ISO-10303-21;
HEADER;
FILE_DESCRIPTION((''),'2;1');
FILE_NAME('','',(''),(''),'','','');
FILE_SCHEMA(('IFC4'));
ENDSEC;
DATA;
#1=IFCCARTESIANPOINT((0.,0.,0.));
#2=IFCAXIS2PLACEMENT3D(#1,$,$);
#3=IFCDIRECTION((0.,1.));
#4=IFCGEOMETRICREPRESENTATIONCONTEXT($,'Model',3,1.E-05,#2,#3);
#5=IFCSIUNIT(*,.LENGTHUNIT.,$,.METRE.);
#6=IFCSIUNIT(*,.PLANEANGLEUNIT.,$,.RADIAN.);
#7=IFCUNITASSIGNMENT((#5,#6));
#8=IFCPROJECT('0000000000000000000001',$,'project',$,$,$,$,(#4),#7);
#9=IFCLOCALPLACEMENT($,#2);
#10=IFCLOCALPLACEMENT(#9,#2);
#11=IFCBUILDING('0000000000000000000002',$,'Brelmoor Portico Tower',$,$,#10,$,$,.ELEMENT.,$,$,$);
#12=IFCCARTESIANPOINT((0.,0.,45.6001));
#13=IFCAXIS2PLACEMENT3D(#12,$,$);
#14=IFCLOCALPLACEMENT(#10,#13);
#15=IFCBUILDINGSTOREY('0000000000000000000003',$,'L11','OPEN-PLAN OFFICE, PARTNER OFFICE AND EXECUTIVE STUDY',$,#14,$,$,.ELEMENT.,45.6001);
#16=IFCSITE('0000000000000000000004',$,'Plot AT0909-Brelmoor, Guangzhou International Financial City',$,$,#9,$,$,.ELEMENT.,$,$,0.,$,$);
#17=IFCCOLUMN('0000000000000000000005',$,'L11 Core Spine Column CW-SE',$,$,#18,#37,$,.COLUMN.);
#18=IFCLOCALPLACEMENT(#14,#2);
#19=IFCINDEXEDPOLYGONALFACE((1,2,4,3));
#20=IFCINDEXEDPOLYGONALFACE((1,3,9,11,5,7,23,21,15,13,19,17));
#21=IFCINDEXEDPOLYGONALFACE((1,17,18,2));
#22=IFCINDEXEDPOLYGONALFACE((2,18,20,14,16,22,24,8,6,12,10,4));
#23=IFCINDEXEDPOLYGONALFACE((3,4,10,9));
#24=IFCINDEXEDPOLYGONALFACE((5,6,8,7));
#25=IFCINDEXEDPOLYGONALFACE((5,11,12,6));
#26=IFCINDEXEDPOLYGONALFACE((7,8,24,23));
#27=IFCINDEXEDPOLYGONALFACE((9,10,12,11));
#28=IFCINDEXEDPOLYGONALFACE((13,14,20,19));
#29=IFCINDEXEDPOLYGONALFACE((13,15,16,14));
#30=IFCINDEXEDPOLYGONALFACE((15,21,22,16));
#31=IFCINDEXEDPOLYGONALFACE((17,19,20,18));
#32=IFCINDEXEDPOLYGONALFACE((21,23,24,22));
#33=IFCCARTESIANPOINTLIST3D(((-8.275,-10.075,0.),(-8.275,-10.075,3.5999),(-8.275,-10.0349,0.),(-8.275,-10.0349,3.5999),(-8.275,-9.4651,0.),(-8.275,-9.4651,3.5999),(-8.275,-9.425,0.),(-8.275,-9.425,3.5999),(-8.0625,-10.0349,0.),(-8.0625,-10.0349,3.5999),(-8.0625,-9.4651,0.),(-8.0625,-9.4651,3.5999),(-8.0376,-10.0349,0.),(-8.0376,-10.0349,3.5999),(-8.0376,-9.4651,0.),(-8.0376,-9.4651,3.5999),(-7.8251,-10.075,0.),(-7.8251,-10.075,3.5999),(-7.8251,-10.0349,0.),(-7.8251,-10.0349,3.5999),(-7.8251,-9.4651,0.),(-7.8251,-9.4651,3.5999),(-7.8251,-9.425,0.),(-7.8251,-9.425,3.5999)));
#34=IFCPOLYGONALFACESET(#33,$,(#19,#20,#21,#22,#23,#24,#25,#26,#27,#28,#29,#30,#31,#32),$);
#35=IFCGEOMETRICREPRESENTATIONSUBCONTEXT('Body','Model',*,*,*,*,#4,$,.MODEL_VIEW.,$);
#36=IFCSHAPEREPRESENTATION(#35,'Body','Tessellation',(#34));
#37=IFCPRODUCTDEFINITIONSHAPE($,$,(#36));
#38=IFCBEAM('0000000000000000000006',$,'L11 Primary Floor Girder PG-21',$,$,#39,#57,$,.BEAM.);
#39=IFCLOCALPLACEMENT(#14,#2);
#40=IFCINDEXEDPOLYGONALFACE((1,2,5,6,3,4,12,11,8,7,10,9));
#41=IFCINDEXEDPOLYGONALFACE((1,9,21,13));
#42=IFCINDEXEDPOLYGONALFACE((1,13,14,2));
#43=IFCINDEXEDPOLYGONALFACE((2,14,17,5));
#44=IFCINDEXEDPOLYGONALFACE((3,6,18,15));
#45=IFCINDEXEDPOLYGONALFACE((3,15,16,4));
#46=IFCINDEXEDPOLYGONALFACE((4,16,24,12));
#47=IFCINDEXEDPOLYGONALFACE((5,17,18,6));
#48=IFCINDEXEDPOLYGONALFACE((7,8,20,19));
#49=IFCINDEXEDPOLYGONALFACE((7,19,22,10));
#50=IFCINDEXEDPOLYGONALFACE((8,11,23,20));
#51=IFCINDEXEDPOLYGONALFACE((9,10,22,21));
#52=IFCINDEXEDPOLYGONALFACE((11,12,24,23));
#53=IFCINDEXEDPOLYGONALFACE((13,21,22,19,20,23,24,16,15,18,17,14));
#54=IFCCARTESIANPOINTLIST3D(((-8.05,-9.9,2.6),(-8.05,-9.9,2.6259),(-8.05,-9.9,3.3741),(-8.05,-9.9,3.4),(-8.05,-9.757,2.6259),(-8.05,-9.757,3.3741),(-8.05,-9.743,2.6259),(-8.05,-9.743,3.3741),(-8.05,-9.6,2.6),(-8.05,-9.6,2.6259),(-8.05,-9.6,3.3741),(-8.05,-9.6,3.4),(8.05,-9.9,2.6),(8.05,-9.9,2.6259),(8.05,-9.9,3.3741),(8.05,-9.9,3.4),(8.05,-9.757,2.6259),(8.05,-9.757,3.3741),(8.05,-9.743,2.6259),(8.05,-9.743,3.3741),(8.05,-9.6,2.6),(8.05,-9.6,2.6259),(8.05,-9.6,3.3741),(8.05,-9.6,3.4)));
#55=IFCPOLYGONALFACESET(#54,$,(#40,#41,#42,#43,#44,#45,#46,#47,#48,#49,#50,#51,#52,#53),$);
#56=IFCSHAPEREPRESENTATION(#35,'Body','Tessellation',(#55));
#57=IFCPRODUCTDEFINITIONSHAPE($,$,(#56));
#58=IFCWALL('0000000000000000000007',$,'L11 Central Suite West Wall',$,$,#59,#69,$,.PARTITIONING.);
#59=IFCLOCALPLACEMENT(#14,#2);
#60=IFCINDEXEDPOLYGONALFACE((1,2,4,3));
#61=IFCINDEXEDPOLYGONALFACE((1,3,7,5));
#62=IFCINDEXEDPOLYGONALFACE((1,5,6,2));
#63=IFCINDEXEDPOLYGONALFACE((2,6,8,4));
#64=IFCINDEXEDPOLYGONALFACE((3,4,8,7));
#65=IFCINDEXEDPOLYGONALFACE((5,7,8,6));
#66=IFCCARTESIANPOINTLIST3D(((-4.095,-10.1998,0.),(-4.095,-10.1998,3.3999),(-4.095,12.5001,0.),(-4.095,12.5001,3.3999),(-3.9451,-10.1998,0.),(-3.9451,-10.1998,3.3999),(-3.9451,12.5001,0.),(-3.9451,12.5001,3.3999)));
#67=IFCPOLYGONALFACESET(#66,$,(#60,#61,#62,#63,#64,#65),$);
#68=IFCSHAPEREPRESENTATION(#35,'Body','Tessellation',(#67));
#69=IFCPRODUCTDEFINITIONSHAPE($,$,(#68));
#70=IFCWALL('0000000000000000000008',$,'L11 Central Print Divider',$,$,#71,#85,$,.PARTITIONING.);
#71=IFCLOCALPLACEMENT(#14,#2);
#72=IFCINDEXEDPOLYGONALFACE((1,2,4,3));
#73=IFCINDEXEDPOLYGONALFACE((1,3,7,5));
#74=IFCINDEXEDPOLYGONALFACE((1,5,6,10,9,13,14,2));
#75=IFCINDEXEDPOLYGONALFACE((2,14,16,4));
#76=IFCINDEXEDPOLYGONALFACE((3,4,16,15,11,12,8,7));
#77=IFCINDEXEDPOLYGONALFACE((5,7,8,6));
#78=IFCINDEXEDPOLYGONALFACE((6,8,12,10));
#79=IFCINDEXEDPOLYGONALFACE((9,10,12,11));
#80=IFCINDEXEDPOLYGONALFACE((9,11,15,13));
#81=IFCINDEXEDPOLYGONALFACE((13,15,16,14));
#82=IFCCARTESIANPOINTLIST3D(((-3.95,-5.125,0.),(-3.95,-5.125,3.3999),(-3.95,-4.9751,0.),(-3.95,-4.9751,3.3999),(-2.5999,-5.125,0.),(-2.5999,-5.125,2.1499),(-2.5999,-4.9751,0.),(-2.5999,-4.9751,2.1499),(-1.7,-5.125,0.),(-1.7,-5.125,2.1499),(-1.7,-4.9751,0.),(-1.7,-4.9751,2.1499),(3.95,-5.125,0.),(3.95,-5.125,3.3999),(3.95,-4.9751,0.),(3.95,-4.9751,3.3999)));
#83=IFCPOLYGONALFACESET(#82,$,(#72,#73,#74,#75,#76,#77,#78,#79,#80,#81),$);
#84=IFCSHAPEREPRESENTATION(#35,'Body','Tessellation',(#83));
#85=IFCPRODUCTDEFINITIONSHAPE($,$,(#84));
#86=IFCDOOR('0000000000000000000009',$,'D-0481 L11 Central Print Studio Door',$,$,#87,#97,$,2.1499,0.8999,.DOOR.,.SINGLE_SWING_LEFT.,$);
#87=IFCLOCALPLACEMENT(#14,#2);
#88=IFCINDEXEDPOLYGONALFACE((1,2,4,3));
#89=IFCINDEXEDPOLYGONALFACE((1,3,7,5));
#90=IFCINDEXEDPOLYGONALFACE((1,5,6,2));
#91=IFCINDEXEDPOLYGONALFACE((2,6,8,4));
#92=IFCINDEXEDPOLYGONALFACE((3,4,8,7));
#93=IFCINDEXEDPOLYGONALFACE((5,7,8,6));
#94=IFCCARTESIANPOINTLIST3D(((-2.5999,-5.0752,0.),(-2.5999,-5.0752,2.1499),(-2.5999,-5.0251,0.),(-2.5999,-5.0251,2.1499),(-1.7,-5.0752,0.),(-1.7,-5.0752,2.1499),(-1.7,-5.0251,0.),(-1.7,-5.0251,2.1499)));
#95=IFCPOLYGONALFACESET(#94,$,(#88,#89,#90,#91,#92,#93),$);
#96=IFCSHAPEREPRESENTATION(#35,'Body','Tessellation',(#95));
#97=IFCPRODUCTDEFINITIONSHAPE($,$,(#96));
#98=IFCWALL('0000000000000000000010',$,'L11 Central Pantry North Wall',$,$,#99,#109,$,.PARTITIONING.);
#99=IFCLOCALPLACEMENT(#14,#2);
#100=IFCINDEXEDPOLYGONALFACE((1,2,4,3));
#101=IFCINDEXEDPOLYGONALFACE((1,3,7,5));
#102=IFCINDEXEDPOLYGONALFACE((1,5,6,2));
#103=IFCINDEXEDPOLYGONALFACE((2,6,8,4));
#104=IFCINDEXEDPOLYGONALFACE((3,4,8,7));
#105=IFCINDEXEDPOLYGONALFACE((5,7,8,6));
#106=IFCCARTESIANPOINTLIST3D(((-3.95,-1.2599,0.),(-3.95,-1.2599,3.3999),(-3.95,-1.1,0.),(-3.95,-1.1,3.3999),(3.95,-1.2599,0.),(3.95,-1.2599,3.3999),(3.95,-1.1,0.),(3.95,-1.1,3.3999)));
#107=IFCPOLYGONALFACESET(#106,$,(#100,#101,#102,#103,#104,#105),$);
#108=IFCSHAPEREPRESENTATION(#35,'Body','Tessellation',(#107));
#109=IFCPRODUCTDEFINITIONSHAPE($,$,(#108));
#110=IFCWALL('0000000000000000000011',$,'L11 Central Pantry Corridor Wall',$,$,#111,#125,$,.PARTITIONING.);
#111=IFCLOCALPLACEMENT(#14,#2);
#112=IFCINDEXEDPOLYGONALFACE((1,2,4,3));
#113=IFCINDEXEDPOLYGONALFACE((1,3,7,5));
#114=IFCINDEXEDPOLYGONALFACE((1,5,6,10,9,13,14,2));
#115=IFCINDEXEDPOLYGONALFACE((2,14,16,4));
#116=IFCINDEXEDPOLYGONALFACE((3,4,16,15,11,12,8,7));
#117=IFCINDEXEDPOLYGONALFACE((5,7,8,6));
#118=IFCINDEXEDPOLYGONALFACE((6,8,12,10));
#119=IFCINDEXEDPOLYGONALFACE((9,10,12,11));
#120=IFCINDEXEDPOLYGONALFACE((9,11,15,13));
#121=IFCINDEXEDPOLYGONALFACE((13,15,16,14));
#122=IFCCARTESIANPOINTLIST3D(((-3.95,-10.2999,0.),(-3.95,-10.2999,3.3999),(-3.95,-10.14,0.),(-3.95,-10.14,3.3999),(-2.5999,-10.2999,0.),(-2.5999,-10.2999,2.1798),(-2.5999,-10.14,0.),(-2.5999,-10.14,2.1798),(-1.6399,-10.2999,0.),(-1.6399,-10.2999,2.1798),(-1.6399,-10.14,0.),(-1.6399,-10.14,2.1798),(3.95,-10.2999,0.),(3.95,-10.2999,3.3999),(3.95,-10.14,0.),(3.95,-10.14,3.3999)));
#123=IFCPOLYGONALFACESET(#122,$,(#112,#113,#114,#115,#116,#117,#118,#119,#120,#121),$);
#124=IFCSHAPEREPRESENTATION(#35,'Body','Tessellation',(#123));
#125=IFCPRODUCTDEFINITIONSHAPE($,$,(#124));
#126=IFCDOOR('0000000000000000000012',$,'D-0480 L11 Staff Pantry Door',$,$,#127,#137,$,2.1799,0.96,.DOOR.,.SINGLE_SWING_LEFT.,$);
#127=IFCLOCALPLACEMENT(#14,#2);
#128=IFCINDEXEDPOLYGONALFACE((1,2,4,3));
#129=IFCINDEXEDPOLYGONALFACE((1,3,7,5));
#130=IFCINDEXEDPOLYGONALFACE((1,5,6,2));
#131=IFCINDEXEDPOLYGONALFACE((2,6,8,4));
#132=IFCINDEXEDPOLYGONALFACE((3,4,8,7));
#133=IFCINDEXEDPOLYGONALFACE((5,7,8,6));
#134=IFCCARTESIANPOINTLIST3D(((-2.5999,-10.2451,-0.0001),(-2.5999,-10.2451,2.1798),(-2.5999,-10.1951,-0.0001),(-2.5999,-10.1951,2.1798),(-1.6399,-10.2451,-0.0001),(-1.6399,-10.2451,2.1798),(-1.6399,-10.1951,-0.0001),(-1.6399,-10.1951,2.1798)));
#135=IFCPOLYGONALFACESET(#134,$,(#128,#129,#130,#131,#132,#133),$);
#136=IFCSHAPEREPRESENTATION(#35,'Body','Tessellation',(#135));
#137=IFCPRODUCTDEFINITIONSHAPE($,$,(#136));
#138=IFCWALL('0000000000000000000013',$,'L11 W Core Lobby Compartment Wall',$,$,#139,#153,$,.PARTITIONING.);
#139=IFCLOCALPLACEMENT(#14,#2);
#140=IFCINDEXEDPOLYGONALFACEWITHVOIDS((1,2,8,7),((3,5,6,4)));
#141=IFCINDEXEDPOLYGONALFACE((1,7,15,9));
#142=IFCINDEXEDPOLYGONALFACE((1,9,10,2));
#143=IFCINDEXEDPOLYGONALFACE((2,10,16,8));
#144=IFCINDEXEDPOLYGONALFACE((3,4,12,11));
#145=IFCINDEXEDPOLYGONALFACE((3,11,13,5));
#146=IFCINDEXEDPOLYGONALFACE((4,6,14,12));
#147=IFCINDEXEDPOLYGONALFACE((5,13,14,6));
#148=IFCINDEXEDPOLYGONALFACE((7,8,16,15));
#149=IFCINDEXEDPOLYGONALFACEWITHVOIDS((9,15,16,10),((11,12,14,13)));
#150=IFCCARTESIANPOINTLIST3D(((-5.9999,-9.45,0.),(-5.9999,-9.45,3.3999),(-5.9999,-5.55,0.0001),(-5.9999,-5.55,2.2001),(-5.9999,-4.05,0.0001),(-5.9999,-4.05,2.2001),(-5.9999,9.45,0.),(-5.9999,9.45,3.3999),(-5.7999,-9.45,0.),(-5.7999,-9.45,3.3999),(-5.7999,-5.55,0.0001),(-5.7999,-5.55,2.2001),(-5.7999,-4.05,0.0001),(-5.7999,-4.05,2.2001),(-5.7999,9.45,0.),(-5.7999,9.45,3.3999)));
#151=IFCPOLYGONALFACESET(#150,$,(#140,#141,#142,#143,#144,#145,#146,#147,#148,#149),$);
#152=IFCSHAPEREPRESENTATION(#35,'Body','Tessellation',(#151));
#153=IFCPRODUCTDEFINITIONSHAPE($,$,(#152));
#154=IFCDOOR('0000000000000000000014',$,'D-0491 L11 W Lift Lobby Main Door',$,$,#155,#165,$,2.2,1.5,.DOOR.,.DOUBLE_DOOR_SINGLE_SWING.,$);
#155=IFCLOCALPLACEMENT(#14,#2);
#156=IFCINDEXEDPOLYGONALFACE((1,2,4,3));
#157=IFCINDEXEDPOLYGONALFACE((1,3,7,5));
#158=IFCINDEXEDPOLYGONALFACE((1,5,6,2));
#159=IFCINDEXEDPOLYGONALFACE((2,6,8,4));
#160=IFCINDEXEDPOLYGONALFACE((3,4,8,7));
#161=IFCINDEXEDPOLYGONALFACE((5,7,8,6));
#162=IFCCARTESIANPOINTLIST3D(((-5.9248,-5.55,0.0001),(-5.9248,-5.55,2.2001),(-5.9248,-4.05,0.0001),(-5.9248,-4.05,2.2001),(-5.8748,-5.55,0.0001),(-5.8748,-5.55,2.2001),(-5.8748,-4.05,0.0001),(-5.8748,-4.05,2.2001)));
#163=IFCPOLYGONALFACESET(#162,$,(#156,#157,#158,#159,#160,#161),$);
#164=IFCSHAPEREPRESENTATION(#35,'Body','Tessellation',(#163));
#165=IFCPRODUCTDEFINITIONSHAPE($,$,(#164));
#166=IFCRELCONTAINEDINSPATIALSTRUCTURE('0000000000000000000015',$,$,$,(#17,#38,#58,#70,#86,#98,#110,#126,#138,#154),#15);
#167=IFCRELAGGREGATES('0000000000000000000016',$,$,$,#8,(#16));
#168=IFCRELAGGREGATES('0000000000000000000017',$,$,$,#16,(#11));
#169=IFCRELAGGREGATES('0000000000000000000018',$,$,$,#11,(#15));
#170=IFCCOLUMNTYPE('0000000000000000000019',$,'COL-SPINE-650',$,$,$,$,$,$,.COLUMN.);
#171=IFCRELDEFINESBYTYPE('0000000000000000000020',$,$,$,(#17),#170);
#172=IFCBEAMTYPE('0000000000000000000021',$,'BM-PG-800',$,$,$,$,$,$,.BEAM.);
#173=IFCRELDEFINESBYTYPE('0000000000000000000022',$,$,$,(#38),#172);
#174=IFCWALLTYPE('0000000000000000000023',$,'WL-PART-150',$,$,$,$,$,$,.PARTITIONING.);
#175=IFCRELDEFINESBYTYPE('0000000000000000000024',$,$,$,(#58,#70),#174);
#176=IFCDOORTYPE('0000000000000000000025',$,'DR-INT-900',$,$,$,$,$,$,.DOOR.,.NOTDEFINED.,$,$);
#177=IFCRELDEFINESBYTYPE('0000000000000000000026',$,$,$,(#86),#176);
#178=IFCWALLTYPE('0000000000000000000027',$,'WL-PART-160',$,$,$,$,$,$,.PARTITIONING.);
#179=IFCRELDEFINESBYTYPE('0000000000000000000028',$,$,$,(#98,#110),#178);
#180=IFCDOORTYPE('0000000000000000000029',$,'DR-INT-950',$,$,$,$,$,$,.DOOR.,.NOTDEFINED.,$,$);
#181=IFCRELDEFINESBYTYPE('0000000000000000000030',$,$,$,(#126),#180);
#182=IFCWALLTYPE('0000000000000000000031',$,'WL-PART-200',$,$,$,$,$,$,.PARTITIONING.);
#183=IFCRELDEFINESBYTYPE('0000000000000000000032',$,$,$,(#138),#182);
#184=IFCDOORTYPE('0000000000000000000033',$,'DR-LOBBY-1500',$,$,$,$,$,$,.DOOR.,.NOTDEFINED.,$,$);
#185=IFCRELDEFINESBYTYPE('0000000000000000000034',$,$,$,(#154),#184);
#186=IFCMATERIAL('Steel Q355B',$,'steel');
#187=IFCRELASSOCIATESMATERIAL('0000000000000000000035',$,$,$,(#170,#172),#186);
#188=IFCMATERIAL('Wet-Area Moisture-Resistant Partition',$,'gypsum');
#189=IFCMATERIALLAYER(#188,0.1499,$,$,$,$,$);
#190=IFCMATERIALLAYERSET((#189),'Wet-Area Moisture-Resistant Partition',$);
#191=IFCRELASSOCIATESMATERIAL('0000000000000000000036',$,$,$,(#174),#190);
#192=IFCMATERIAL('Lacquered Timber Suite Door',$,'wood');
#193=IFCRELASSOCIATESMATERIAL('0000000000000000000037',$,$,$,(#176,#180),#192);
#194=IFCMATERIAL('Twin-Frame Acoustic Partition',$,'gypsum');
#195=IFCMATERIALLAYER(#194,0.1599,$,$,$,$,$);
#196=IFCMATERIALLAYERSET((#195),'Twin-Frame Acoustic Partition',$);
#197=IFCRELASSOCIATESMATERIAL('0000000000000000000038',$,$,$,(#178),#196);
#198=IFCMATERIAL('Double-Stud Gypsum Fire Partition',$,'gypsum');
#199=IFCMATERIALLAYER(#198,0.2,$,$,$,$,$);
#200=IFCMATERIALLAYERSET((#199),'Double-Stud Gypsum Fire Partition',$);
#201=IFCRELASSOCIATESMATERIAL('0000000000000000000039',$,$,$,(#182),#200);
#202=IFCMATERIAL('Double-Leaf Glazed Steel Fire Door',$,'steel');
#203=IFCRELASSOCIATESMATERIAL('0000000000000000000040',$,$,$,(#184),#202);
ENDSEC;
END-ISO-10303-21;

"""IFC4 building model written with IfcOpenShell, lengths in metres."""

from ifc_helpers import new_model, si_unit, direction, frame, frame_2d, origin, origin_2d, place, context, subcontext, project, spatial, rectangle, i_section, extrude, material, layer, layer_set, material_profile, profile_set, type_object, element, fill, save


model = new_model("IFC4")

# Units and contexts
model_context = context("Model", 3, precision=1e-05, world=origin(), true_north=direction((0.0, 1.0)))
body_context = subcontext(model_context, "Body", "Model", "MODEL_VIEW")
ifc_project = project(units=[si_unit("LENGTHUNIT", "METRE"), si_unit("PLANEANGLEUNIT", "RADIAN")], contexts=[model_context])

# Site, building, storey
site_placement = place(None, origin())
site = spatial("IfcSite", under=ifc_project, at=site_placement, Name="Plot AT0909-Brelmoor, Guangzhou International Financial City", CompositionType="ELEMENT", RefElevation=0.0)
building_placement = place(site_placement, origin())
building = spatial("IfcBuilding", under=site, at=building_placement, Name="Brelmoor Portico Tower", CompositionType="ELEMENT")
storey_placement = place(building_placement, frame((0.0, 0.0, 45.6001)))
storey = spatial("IfcBuildingStorey", under=building, at=storey_placement, Name="L11", Description="OPEN-PLAN OFFICE, PARTNER OFFICE AND EXECUTIVE STUDY", CompositionType="ELEMENT", Elevation=45.6001)

# Column
ifc_material_1 = material(Name="Steel Q355B", Category="steel")
ifc_material_profile_1 = material_profile(ifc_material_1, i_section(OverallWidth=0.45, OverallDepth=0.6499, WebThickness=0.0249, FlangeThickness=0.04, at=origin_2d()), Name="HW 650x450x25x40")
ifc_profile_set_1 = profile_set([ifc_material_profile_1], Name="Steel Q355B")
column_type = type_object("IfcColumnType", Name="COL-SPINE-650", PredefinedType="COLUMN", material=ifc_profile_set_1)
column_placement = place(storey_placement, frame((-8.05, -9.75, 0.0), z_axis=(0.0, 0.0, 1.0), x_axis=(1.0, 0.0, 0.0)))
element("IfcColumn", 1, at=column_placement, inside=storey, type_object=column_type, Name="L11 Core Spine Column CW-SE", PredefinedType="COLUMN", context=body_context, shape_type="SweptSolid", body=[
    extrude(i_section(OverallWidth=0.45, OverallDepth=0.6499, WebThickness=0.0249, FlangeThickness=0.04, at=origin_2d()), origin(), (0.0, 0.0, 1.0), 3.5999),
])

# Beam
ifc_material_profile_2 = material_profile(ifc_material_1, i_section(OverallWidth=0.3, OverallDepth=0.8, WebThickness=0.0139, FlangeThickness=0.0259, at=origin_2d()), Name="HN 800x300x14x26")
ifc_profile_set_2 = profile_set([ifc_material_profile_2], Name="Steel Q355B")
beam_type = type_object("IfcBeamType", Name="BM-PG-800", PredefinedType="BEAM", material=ifc_profile_set_2)
beam_placement = place(storey_placement, frame((-8.05, -9.75, 3.0), z_axis=(1.0, 0.0, 0.0), x_axis=(0.0, 1.0, 0.0)))
element("IfcBeam", 2, at=beam_placement, inside=storey, type_object=beam_type, Name="L11 Primary Floor Girder PG-21", PredefinedType="BEAM", context=body_context, shape_type="SweptSolid", body=[
    extrude(i_section(OverallWidth=0.3, OverallDepth=0.8, WebThickness=0.0139, FlangeThickness=0.0259, at=origin_2d()), origin(), (0.0, 0.0, 1.0), 16.1001),
])

# Wall
ifc_material_2 = material(Name="Wet-Area Moisture-Resistant Partition", Category="gypsum")
ifc_layer_1 = layer(ifc_material_2, 0.1499)
ifc_layer_set_1 = layer_set([ifc_layer_1], Name="Wet-Area Moisture-Resistant Partition")
wall_type_1 = type_object("IfcWallType", Name="WL-PART-150", PredefinedType="PARTITIONING", material=ifc_layer_set_1)
wall_1_placement = place(storey_placement, frame((-4.02, -10.2, 0.0), z_axis=(0.0, 0.0, 1.0), x_axis=(0.0, 1.0, 0.0)))
element("IfcWall", 3, at=wall_1_placement, inside=storey, type_object=wall_type_1, Name="L11 Central Suite West Wall", PredefinedType="PARTITIONING", context=body_context, shape_type="SweptSolid", body=[
    extrude(rectangle(XDim=22.7, YDim=0.1499, at=frame_2d((11.3501, 0.0))), origin(), (0.0, 0.0, 1.0), 3.3999),
])

# Wall, opening, door
wall_2_placement = place(storey_placement, frame((-3.95, -5.05, 0.0), z_axis=(0.0, 0.0, 1.0), x_axis=(1.0, 0.0, 0.0)))
wall_2 = element("IfcWall", 4, at=wall_2_placement, inside=storey, type_object=wall_type_1, Name="L11 Central Print Divider", PredefinedType="PARTITIONING", context=body_context, shape_type="SweptSolid", body=[
    extrude(rectangle(XDim=7.8999, YDim=0.1499, at=frame_2d((3.95, 0.0))), origin(), (0.0, 0.0, 1.0), 3.3999),
])
opening_1_placement = place(wall_2_placement, frame((1.3501, 0.0, 0.0)))
opening_1 = element("IfcOpeningElement", 5, at=opening_1_placement, cuts=wall_2, PredefinedType="OPENING", context=body_context, shape_type="SweptSolid", body=[
    extrude(rectangle(XDim=0.8999, YDim=2.1499, at=frame_2d((0.45, 1.075))), frame((0.0, 0.085, 0.0), z_axis=(0.0, -1.0, 0.0), x_axis=(1.0, 0.0, 0.0)), (0.0, 0.0, 1.0), 0.1699),
])
ifc_material_3 = material(Name="Lacquered Timber Suite Door", Category="wood")
door_type_1 = type_object("IfcDoorType", Name="DR-INT-900", OperationType="NOTDEFINED", PredefinedType="DOOR", material=ifc_material_3)
door_1_placement = place(opening_1_placement, origin())
door_1 = element("IfcDoor", 6, at=door_1_placement, inside=storey, type_object=door_type_1, Name="D-0481 L11 Central Print Studio Door", OperationType="SINGLE_SWING_LEFT", OverallHeight=2.1499, OverallWidth=0.8999, PredefinedType="DOOR", context=body_context, shape_type="SweptSolid", body=[
    extrude(rectangle(XDim=0.8999, YDim=2.1499, at=frame_2d((0.45, 1.075))), frame((0.0, 0.0249, 0.0), z_axis=(0.0, -1.0, 0.0), x_axis=(1.0, 0.0, 0.0)), (0.0, 0.0, 1.0), 0.05),
])
fill(opening_1, door_1)

# Wall
ifc_material_4 = material(Name="Twin-Frame Acoustic Partition", Category="gypsum")
ifc_layer_2 = layer(ifc_material_4, 0.1599)
ifc_layer_set_2 = layer_set([ifc_layer_2], Name="Twin-Frame Acoustic Partition")
wall_type_2 = type_object("IfcWallType", Name="WL-PART-160", PredefinedType="PARTITIONING", material=ifc_layer_set_2)
wall_3_placement = place(storey_placement, frame((-3.95, -1.1799, 0.0), z_axis=(0.0, 0.0, 1.0), x_axis=(1.0, 0.0, 0.0)))
element("IfcWall", 7, at=wall_3_placement, inside=storey, type_object=wall_type_2, Name="L11 Central Pantry North Wall", PredefinedType="PARTITIONING", context=body_context, shape_type="SweptSolid", body=[
    extrude(rectangle(XDim=7.8999, YDim=0.1599, at=frame_2d((3.95, 0.0))), origin(), (0.0, 0.0, 1.0), 3.3999),
])

# Walls, openings, doors
wall_4_placement = place(storey_placement, frame((-3.95, -10.22, 0.0), z_axis=(0.0, 0.0, 1.0), x_axis=(1.0, 0.0, 0.0)))
wall_4 = element("IfcWall", 8, at=wall_4_placement, inside=storey, type_object=wall_type_2, Name="L11 Central Pantry Corridor Wall", PredefinedType="PARTITIONING", context=body_context, shape_type="SweptSolid", body=[
    extrude(rectangle(XDim=7.8999, YDim=0.1599, at=frame_2d((3.95, 0.0))), origin(), (0.0, 0.0, 1.0), 3.3999),
])
opening_2_placement = place(wall_4_placement, frame((1.3501, 0.0, 0.0)))
opening_2 = element("IfcOpeningElement", 9, at=opening_2_placement, cuts=wall_4, PredefinedType="OPENING", context=body_context, shape_type="SweptSolid", body=[
    extrude(rectangle(XDim=0.96, YDim=2.1799, at=frame_2d((0.48, 1.0898))), frame((0.0, 0.0898, 0.0), z_axis=(0.0, -1.0, 0.0), x_axis=(1.0, 0.0, 0.0)), (0.0, 0.0, 1.0), 0.1799),
])
door_type_2 = type_object("IfcDoorType", Name="DR-INT-950", OperationType="NOTDEFINED", PredefinedType="DOOR", material=ifc_material_3)
door_2_placement = place(opening_2_placement, origin())
door_2 = element("IfcDoor", 10, at=door_2_placement, inside=storey, type_object=door_type_2, Name="D-0480 L11 Staff Pantry Door", OperationType="SINGLE_SWING_LEFT", OverallHeight=2.1799, OverallWidth=0.96, PredefinedType="DOOR", context=body_context, shape_type="SweptSolid", body=[
    extrude(rectangle(XDim=0.96, YDim=2.1799, at=frame_2d((0.48, 1.0898))), frame((0.0, 0.0249, 0.0), z_axis=(0.0, -1.0, 0.0), x_axis=(1.0, 0.0, 0.0)), (0.0, 0.0, 1.0), 0.05),
])
fill(opening_2, door_2)
ifc_material_5 = material(Name="Double-Stud Gypsum Fire Partition", Category="gypsum")
ifc_layer_3 = layer(ifc_material_5, 0.2)
ifc_layer_set_3 = layer_set([ifc_layer_3], Name="Double-Stud Gypsum Fire Partition")
wall_type_3 = type_object("IfcWallType", Name="WL-PART-200", PredefinedType="PARTITIONING", material=ifc_layer_set_3)
wall_5_placement = place(storey_placement, frame((-5.8999, -9.45, 0.0), z_axis=(0.0, 0.0, 1.0), x_axis=(0.0, 1.0, 0.0)))
wall_5 = element("IfcWall", 11, at=wall_5_placement, inside=storey, type_object=wall_type_3, Name="L11 W Core Lobby Compartment Wall", PredefinedType="PARTITIONING", context=body_context, shape_type="SweptSolid", body=[
    extrude(rectangle(XDim=18.8999, YDim=0.2, at=frame_2d((9.45, 0.0))), origin(), (0.0, 0.0, 1.0), 3.3999),
])
opening_3_placement = place(wall_5_placement, frame((3.8999, 0.0, 0.0)))
opening_3 = element("IfcOpeningElement", 12, at=opening_3_placement, cuts=wall_5, PredefinedType="OPENING", context=body_context, shape_type="SweptSolid", body=[
    extrude(rectangle(XDim=1.5, YDim=2.2, at=frame_2d((0.75, 1.1001))), frame((0.0, 0.1099, 0.0), z_axis=(0.0, -1.0, 0.0), x_axis=(1.0, 0.0, 0.0)), (0.0, 0.0, 1.0), 0.22),
])
ifc_material_6 = material(Name="Double-Leaf Glazed Steel Fire Door", Category="steel")
door_type_3 = type_object("IfcDoorType", Name="DR-LOBBY-1500", OperationType="NOTDEFINED", PredefinedType="DOOR", material=ifc_material_6)
door_3_placement = place(opening_3_placement, origin())
door_3 = element("IfcDoor", 13, at=door_3_placement, inside=storey, type_object=door_type_3, Name="D-0491 L11 W Lift Lobby Main Door", OperationType="DOUBLE_DOOR_SINGLE_SWING", OverallHeight=2.2, OverallWidth=1.5, PredefinedType="DOOR", context=body_context, shape_type="SweptSolid", body=[
    extrude(rectangle(XDim=1.5, YDim=2.2, at=frame_2d((0.75, 1.1001))), frame((0.0, 0.0249, 0.0), z_axis=(0.0, -1.0, 0.0), x_axis=(1.0, 0.0, 0.0)), (0.0, 0.0, 1.0), 0.05),
])
fill(opening_3, door_3)

save(model, "model.ifc")
